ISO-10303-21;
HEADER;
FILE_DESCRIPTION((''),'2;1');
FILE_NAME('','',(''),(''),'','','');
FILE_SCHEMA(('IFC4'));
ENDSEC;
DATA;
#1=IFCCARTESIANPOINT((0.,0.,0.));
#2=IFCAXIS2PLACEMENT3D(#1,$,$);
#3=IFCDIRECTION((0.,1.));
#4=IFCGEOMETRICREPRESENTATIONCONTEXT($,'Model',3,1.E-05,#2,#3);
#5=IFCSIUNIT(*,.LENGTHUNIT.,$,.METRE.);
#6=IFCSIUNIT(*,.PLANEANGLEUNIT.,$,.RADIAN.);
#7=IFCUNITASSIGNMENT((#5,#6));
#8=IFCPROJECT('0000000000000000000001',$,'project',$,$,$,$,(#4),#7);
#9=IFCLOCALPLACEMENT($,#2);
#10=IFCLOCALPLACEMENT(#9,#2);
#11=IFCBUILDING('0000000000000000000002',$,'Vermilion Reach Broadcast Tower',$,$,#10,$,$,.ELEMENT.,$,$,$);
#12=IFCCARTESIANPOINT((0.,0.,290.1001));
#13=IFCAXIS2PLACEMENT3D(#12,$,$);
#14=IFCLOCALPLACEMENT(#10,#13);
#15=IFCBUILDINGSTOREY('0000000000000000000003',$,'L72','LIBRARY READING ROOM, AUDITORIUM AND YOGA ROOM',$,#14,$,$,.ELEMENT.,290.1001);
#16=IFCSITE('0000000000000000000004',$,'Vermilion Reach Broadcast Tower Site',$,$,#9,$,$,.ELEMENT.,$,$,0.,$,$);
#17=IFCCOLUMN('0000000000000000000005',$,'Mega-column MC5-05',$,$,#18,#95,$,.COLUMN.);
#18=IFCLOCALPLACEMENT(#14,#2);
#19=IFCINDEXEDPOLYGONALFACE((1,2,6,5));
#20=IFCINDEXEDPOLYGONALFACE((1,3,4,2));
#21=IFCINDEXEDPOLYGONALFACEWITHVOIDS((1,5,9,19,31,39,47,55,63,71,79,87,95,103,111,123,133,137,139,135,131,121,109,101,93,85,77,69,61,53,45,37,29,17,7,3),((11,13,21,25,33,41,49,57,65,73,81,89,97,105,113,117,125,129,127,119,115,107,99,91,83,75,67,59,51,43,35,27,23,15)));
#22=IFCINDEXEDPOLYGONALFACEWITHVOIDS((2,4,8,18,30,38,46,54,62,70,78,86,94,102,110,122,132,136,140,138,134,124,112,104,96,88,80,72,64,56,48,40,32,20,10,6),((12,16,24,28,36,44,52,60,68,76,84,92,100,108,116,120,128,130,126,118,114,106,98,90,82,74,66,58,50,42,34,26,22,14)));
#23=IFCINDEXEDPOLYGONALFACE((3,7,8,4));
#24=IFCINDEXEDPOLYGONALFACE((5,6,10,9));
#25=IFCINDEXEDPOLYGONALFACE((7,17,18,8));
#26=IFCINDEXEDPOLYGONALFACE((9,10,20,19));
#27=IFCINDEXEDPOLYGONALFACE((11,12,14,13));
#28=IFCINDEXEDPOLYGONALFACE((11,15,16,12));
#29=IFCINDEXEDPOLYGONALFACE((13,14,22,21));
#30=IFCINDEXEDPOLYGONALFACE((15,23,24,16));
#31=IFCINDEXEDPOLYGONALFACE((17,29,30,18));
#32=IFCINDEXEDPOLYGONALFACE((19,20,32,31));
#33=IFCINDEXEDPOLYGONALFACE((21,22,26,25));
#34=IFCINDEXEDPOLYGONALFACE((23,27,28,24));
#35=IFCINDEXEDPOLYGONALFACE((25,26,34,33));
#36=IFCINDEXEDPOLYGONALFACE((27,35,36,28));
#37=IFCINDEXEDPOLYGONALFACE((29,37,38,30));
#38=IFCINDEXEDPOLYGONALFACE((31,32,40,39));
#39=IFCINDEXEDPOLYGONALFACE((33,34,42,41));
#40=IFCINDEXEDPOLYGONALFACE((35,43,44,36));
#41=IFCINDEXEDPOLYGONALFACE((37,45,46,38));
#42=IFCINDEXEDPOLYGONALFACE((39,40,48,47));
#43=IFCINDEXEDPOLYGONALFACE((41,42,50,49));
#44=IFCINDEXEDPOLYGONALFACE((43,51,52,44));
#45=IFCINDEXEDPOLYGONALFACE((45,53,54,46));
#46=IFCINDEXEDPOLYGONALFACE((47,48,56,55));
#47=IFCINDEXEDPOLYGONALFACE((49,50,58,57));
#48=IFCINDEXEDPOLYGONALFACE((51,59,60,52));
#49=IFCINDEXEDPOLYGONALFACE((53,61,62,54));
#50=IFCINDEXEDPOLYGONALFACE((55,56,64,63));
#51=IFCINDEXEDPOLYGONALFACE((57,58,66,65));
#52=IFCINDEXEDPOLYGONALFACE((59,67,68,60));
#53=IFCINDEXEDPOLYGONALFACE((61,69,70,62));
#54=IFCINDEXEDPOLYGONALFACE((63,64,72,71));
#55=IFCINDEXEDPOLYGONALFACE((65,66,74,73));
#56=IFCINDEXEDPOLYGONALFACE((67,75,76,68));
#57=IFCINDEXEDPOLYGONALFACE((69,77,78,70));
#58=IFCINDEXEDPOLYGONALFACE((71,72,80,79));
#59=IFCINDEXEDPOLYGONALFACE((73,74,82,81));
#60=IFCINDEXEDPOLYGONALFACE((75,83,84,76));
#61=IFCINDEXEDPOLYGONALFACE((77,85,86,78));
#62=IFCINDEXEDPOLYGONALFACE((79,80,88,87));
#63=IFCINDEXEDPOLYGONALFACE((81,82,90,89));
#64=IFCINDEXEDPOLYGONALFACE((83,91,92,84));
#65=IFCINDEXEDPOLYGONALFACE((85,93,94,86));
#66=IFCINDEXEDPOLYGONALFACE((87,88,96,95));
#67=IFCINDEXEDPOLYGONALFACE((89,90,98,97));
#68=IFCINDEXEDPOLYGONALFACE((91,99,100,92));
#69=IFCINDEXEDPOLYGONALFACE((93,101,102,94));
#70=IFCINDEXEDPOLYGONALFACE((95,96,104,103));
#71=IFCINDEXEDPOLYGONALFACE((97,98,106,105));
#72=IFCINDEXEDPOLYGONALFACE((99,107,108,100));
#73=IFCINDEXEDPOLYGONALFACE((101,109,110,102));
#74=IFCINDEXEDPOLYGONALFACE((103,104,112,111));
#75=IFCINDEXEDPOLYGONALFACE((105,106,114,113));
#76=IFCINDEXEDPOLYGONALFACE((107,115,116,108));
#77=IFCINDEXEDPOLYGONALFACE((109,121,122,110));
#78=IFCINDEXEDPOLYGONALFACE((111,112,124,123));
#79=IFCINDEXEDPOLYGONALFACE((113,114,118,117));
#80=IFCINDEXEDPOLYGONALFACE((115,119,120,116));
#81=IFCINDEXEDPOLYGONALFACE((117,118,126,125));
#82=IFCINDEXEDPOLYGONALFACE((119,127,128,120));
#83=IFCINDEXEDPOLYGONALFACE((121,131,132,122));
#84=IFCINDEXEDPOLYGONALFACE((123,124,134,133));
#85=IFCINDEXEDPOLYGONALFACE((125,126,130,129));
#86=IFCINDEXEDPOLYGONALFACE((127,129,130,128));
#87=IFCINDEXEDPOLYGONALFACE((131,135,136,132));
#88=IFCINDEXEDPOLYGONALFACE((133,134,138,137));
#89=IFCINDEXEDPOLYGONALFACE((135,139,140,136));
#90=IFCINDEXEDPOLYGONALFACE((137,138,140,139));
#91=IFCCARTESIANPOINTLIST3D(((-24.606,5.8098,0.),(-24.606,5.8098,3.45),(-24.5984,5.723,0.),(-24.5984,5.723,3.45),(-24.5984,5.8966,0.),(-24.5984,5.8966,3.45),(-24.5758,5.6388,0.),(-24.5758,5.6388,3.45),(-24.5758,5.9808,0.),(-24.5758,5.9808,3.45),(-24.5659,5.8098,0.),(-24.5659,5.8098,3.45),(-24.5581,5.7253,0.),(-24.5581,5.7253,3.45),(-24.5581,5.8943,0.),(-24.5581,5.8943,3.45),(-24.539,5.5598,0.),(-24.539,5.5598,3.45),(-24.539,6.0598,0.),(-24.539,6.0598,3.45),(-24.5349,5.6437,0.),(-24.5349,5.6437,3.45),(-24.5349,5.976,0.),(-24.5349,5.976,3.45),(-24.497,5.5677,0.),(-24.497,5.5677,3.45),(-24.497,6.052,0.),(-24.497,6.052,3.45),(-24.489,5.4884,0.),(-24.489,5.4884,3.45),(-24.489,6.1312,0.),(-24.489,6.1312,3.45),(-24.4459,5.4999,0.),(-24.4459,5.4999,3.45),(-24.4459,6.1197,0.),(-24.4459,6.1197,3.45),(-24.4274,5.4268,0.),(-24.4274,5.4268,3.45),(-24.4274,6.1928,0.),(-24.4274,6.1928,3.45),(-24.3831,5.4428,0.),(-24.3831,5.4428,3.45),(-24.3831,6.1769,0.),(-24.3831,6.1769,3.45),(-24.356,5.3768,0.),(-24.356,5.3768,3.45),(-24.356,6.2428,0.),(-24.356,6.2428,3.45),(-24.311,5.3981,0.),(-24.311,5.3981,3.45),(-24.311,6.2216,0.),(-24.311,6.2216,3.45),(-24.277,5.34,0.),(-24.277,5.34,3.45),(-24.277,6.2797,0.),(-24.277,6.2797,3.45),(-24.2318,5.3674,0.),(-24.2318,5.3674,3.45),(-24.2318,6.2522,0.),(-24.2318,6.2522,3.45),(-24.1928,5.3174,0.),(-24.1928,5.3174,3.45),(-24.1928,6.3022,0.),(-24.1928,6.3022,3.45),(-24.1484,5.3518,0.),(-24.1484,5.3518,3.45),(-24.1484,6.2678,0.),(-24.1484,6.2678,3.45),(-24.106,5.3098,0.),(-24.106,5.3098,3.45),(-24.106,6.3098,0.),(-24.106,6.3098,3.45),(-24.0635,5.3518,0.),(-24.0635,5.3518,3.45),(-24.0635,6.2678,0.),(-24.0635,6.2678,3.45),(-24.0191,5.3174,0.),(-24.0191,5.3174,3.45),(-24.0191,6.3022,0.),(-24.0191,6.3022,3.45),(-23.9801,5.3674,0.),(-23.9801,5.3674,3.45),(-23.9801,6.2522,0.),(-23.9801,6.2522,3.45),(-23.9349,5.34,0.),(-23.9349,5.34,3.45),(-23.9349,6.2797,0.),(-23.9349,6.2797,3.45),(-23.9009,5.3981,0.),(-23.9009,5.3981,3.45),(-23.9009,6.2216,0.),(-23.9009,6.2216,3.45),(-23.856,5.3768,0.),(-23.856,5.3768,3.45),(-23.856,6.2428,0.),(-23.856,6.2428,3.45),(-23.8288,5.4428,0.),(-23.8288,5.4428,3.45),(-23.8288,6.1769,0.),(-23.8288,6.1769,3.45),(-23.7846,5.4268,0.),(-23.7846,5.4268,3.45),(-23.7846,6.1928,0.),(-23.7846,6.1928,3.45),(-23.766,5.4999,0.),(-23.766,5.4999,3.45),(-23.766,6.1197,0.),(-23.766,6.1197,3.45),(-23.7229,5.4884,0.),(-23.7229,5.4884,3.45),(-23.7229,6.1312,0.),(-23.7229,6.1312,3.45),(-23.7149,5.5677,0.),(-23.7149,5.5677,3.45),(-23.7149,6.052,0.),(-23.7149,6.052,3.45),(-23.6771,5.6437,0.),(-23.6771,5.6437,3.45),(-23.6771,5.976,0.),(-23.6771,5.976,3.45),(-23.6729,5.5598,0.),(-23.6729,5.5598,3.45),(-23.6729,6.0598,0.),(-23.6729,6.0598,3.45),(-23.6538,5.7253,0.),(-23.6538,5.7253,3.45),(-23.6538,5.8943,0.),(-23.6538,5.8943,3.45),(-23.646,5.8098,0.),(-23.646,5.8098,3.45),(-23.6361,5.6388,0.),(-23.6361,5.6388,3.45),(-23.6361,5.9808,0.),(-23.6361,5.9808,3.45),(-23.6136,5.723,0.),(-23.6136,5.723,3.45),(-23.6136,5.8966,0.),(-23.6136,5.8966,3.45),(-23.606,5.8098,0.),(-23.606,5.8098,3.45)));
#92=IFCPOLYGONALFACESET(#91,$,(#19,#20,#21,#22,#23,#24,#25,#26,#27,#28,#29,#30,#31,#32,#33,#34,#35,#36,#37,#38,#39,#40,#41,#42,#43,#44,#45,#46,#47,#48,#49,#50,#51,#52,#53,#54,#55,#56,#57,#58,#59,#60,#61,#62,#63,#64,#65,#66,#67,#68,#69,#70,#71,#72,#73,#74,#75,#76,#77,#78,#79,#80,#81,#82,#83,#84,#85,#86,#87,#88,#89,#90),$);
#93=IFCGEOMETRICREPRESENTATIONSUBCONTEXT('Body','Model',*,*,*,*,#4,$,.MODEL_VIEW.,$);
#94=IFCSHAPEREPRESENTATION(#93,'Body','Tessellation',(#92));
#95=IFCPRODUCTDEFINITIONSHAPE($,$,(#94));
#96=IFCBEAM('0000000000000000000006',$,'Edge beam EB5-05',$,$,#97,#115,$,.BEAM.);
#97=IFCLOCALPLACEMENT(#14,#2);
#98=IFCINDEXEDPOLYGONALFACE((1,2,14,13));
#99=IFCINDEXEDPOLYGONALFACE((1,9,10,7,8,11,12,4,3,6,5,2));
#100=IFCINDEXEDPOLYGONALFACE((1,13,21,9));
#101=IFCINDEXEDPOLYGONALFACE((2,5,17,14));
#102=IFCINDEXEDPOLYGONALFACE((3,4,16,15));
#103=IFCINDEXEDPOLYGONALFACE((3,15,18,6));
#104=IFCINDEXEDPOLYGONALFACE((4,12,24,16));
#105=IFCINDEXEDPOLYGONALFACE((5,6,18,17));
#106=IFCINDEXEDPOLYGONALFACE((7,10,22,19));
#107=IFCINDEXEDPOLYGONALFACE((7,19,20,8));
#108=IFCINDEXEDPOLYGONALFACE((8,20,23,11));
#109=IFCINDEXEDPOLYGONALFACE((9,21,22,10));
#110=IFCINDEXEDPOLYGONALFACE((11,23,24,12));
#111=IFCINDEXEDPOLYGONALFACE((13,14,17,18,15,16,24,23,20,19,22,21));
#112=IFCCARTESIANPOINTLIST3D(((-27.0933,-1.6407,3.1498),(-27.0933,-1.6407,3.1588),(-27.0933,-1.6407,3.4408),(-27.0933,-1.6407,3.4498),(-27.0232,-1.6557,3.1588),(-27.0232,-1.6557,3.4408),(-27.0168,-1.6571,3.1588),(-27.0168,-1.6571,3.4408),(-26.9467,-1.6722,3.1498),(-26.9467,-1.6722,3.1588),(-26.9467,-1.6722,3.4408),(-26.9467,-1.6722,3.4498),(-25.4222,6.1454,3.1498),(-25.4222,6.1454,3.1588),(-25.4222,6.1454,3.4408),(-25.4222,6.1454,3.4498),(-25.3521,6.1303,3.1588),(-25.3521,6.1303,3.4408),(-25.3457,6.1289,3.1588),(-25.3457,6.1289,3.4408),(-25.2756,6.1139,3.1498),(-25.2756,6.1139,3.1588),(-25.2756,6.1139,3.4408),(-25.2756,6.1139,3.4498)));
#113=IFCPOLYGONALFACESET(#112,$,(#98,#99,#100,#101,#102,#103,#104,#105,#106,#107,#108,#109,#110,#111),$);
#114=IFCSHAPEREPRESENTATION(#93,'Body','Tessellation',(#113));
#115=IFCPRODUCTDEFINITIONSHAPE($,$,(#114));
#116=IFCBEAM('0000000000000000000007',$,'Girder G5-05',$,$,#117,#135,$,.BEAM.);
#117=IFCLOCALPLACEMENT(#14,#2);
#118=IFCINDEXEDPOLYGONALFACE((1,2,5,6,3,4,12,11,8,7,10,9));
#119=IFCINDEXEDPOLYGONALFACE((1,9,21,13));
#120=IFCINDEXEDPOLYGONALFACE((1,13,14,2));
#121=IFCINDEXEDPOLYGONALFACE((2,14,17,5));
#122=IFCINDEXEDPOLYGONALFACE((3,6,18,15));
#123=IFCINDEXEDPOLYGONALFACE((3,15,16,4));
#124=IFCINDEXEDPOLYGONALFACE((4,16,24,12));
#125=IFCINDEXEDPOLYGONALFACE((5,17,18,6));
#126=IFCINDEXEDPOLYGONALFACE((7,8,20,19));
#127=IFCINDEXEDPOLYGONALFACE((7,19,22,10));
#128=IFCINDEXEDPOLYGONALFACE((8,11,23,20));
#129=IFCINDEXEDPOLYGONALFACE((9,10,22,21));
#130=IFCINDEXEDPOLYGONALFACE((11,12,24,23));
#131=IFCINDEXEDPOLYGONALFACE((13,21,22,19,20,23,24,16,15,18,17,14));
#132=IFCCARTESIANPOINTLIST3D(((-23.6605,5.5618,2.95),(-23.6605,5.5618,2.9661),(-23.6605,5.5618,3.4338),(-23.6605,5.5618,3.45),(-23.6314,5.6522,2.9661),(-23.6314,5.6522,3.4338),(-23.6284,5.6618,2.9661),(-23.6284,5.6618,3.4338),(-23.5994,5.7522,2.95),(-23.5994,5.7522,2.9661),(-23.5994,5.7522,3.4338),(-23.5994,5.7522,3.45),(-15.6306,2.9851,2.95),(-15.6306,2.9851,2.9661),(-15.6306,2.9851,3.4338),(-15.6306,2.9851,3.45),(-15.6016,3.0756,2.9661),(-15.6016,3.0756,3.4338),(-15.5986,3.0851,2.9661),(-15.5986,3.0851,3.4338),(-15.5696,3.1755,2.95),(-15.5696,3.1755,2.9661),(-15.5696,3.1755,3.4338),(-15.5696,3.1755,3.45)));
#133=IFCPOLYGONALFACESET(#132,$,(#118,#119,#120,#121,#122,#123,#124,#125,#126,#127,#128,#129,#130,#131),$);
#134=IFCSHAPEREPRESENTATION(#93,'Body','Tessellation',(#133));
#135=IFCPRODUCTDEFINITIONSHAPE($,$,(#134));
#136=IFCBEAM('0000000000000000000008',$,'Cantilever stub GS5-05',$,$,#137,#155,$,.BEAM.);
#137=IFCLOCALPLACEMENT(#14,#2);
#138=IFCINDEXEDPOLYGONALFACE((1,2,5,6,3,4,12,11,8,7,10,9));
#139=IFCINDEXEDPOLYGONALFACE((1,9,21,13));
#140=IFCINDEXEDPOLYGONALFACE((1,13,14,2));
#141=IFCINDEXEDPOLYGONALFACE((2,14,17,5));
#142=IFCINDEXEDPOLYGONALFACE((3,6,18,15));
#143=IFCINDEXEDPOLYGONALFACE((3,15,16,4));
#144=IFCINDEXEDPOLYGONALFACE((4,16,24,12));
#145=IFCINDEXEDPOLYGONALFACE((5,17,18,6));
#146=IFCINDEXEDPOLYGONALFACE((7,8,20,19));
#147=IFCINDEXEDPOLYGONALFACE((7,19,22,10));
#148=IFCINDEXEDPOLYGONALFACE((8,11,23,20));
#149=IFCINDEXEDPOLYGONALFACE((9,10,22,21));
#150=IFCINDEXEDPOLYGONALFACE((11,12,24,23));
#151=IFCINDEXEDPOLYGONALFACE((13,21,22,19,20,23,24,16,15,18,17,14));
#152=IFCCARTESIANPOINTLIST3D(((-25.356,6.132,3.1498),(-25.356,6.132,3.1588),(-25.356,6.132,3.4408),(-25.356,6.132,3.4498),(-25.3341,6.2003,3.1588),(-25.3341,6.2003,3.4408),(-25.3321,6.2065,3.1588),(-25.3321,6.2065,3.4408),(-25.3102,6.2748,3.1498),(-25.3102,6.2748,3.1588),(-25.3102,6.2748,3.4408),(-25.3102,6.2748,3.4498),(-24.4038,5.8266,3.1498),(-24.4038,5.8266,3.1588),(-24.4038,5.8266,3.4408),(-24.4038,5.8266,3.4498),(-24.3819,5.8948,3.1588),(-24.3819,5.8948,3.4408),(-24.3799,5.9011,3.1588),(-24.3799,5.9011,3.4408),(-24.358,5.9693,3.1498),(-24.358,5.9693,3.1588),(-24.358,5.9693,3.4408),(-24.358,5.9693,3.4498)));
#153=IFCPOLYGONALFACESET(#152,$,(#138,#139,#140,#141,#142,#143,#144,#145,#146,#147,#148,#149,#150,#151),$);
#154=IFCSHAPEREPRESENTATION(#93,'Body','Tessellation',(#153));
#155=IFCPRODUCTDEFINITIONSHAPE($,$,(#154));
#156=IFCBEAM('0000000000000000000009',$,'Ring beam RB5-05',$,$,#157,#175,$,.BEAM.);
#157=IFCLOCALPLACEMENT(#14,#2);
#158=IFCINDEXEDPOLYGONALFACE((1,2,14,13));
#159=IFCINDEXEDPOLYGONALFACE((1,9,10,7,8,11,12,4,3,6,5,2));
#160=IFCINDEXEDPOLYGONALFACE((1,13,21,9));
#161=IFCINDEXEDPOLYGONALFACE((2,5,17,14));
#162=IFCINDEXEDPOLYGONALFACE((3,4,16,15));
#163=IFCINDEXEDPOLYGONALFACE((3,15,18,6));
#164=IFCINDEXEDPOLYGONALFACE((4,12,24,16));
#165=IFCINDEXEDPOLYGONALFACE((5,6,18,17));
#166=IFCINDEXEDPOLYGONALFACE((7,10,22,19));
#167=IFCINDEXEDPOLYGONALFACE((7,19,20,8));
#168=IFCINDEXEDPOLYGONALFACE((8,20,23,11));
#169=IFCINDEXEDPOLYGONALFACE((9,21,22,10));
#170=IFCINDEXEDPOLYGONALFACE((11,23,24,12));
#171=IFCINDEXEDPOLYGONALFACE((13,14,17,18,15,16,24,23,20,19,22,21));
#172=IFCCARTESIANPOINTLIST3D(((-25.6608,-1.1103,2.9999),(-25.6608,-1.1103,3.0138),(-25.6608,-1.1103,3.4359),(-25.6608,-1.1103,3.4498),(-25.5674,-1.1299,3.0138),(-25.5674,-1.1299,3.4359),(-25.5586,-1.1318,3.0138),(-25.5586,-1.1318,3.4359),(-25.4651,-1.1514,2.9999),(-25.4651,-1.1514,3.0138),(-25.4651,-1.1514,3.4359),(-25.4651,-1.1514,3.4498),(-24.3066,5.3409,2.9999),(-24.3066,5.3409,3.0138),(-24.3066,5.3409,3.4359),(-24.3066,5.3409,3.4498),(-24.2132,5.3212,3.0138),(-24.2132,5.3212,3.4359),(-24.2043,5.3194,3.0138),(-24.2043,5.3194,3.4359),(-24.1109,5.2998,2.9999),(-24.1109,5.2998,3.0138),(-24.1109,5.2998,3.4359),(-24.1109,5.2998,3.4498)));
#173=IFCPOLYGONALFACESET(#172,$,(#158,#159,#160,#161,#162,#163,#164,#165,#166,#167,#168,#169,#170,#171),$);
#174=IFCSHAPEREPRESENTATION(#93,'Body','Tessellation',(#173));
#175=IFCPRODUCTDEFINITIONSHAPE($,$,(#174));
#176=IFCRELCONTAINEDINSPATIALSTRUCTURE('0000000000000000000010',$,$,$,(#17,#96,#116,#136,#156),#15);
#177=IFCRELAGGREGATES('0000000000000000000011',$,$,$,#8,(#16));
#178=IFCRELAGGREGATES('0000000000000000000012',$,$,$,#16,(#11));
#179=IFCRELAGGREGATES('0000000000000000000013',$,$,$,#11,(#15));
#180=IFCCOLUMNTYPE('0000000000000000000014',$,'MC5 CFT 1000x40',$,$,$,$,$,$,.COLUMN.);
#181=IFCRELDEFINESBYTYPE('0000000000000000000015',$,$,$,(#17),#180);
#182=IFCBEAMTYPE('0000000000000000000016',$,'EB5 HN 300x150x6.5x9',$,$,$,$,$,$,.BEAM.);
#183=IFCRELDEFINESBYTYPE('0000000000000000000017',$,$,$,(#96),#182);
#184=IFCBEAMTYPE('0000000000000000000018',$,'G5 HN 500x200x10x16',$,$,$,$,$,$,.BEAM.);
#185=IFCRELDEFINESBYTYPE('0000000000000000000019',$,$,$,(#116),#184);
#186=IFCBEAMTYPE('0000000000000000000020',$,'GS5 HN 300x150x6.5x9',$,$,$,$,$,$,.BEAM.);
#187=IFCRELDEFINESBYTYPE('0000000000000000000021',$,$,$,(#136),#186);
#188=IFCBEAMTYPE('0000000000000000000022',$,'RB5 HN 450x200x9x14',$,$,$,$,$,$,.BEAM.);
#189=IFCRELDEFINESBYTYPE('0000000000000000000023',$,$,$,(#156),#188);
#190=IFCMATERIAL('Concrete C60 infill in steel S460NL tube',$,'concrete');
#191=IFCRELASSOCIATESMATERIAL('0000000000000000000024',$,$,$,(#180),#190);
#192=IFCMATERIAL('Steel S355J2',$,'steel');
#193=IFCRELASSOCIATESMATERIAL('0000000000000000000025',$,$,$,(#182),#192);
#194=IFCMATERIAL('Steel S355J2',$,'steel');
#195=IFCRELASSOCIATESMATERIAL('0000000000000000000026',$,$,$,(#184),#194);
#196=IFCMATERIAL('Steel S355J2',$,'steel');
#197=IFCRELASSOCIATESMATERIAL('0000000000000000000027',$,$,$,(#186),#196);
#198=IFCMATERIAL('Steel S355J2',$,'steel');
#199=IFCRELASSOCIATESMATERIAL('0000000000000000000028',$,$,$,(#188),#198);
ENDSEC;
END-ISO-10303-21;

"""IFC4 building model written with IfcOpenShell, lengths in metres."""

from ifc_helpers import new_model, si_unit, direction, frame, origin, origin_2d, place, context, subcontext, project, spatial, hollow_circle, i_section, extrude, material, material_profile, profile_set, type_object, element, save


model = new_model("IFC4")

# Units and contexts
model_context = context("Model", 3, precision=1e-05, world=origin(), true_north=direction((0.0, 1.0)))
body_context = subcontext(model_context, "Body", "Model", "MODEL_VIEW")
ifc_project = project(units=[si_unit("LENGTHUNIT", "METRE"), si_unit("PLANEANGLEUNIT", "RADIAN")], contexts=[model_context])

# Site, building, storey
site_placement = place(None, origin())
site = spatial("IfcSite", under=ifc_project, at=site_placement, Name="Vermilion Reach Broadcast Tower Site", CompositionType="ELEMENT", RefElevation=0.0)
building_placement = place(site_placement, origin())
building = spatial("IfcBuilding", under=site, at=building_placement, Name="Vermilion Reach Broadcast Tower", CompositionType="ELEMENT")
storey_placement = place(building_placement, frame((0.0, 0.0, 290.1001)))
storey = spatial("IfcBuildingStorey", under=building, at=storey_placement, Name="L72", Description="LIBRARY READING ROOM, AUDITORIUM AND YOGA ROOM", CompositionType="ELEMENT", Elevation=290.1001)

# Column
ifc_material_1 = material(Name="Concrete C60 infill in steel S460NL tube", Category="concrete")
ifc_material_profile_1 = material_profile(ifc_material_1, hollow_circle(Radius=0.5, WallThickness=0.04, at=origin_2d()), Name="Concrete C60 infill in steel S460NL tube CFT 1000x40")
ifc_profile_set_1 = profile_set([ifc_material_profile_1], Name="Concrete C60 infill in steel S460NL tube")
column_type = type_object("IfcColumnType", Name="MC5 CFT 1000x40", PredefinedType="COLUMN", material=ifc_profile_set_1)
column_placement = place(storey_placement, frame((-24.106, 5.8098, 0.0), z_axis=(0.0, 0.0, 1.0), x_axis=(1.0, 0.0, 0.0)))
element("IfcColumn", 1, at=column_placement, inside=storey, type_object=column_type, Name="Mega-column MC5-05", PredefinedType="COLUMN", context=body_context, shape_type="SweptSolid", body=[
    extrude(hollow_circle(Radius=0.5, WallThickness=0.04, at=origin_2d()), origin(), (0.0, 0.0, 1.0), 3.45),
])

# Beams
ifc_material_2 = material(Name="Steel S355J2", Category="steel")
ifc_material_profile_2 = material_profile(ifc_material_2, i_section(OverallWidth=0.1499, OverallDepth=0.3, WebThickness=0.0066, FlangeThickness=0.009, at=origin_2d()), Name="S355J2 HN 300x150x6.5x9")
ifc_profile_set_2 = profile_set([ifc_material_profile_2], Name="Steel S355J2")
beam_type_1 = type_object("IfcBeamType", Name="EB5 HN 300x150x6.5x9", PredefinedType="BEAM", material=ifc_profile_set_2)
beam_1_placement = place(storey_placement, frame((-25.3489, 6.1296, 3.2998), z_axis=(-0.209852, -0.977733, 0.0), x_axis=(0.977733, -0.209852, 0.0)))
element("IfcBeam", 2, at=beam_1_placement, inside=storey, type_object=beam_type_1, Name="Edge beam EB5-05", PredefinedType="BEAM", context=body_context, shape_type="SweptSolid", body=[
    extrude(i_section(OverallWidth=0.1499, OverallDepth=0.3, WebThickness=0.0066, FlangeThickness=0.009, at=origin_2d()), origin(), (0.0, 0.0, 1.0), 7.9634),
])
ifc_material_3 = material(Name="Steel S355J2", Category="steel")
ifc_material_profile_3 = material_profile(ifc_material_3, i_section(OverallWidth=0.2, OverallDepth=0.5, WebThickness=0.01, FlangeThickness=0.0161, at=origin_2d()), Name="S355J2 HN 500x200x10x16")
ifc_profile_set_3 = profile_set([ifc_material_profile_3], Name="Steel S355J2")
beam_type_2 = type_object("IfcBeamType", Name="G5 HN 500x200x10x16", PredefinedType="BEAM", material=ifc_profile_set_3)
beam_2_placement = place(storey_placement, frame((-15.6001, 3.0803, 3.2), z_axis=(-0.952178, 0.305542, 0.0), x_axis=(-0.305542, -0.952178, 0.0)))
element("IfcBeam", 3, at=beam_2_placement, inside=storey, type_object=beam_type_2, Name="Girder G5-05", PredefinedType="BEAM", context=body_context, shape_type="SweptSolid", body=[
    extrude(i_section(OverallWidth=0.2, OverallDepth=0.5, WebThickness=0.01, FlangeThickness=0.0161, at=origin_2d()), origin(), (0.0, 0.0, 1.0), 8.4331),
])
ifc_material_4 = material(Name="Steel S355J2", Category="steel")
ifc_material_profile_4 = material_profile(ifc_material_4, i_section(OverallWidth=0.1499, OverallDepth=0.3, WebThickness=0.0066, FlangeThickness=0.009, at=origin_2d()), Name="S355J2 HN 300x150x6.5x9")
ifc_profile_set_4 = profile_set([ifc_material_profile_4], Name="Steel S355J2")
beam_type_3 = type_object("IfcBeamType", Name="GS5 HN 300x150x6.5x9", PredefinedType="BEAM", material=ifc_profile_set_4)
beam_3_placement = place(storey_placement, frame((-24.3809, 5.8979, 3.2998), z_axis=(-0.952211, 0.30544, 0.0), x_axis=(-0.30544, -0.952211, 0.0)))
element("IfcBeam", 4, at=beam_3_placement, inside=storey, type_object=beam_type_3, Name="Cantilever stub GS5-05", PredefinedType="BEAM", context=body_context, shape_type="SweptSolid", body=[
    extrude(i_section(OverallWidth=0.1499, OverallDepth=0.3, WebThickness=0.0066, FlangeThickness=0.009, at=origin_2d()), origin(), (0.0, 0.0, 1.0), 1.0),
])
ifc_material_5 = material(Name="Steel S355J2", Category="steel")
ifc_material_profile_5 = material_profile(ifc_material_5, i_section(OverallWidth=0.2, OverallDepth=0.45, WebThickness=0.009, FlangeThickness=0.0139, at=origin_2d()), Name="S355J2 HN 450x200x9x14")
ifc_profile_set_5 = profile_set([ifc_material_profile_5], Name="Steel S355J2")
beam_type_4 = type_object("IfcBeamType", Name="RB5 HN 450x200x9x14", PredefinedType="BEAM", material=ifc_profile_set_5)
beam_4_placement = place(storey_placement, frame((-24.2087, 5.3203, 3.2249), z_axis=(-0.205445, -0.978669, 0.0), x_axis=(0.978669, -0.205445, 0.0)))
element("IfcBeam", 5, at=beam_4_placement, inside=storey, type_object=beam_type_4, Name="Ring beam RB5-05", PredefinedType="BEAM", context=body_context, shape_type="SweptSolid", body=[
    extrude(i_section(OverallWidth=0.2, OverallDepth=0.45, WebThickness=0.009, FlangeThickness=0.0139, at=origin_2d()), origin(), (0.0, 0.0, 1.0), 6.5918),
])

save(model, "model.ifc")
